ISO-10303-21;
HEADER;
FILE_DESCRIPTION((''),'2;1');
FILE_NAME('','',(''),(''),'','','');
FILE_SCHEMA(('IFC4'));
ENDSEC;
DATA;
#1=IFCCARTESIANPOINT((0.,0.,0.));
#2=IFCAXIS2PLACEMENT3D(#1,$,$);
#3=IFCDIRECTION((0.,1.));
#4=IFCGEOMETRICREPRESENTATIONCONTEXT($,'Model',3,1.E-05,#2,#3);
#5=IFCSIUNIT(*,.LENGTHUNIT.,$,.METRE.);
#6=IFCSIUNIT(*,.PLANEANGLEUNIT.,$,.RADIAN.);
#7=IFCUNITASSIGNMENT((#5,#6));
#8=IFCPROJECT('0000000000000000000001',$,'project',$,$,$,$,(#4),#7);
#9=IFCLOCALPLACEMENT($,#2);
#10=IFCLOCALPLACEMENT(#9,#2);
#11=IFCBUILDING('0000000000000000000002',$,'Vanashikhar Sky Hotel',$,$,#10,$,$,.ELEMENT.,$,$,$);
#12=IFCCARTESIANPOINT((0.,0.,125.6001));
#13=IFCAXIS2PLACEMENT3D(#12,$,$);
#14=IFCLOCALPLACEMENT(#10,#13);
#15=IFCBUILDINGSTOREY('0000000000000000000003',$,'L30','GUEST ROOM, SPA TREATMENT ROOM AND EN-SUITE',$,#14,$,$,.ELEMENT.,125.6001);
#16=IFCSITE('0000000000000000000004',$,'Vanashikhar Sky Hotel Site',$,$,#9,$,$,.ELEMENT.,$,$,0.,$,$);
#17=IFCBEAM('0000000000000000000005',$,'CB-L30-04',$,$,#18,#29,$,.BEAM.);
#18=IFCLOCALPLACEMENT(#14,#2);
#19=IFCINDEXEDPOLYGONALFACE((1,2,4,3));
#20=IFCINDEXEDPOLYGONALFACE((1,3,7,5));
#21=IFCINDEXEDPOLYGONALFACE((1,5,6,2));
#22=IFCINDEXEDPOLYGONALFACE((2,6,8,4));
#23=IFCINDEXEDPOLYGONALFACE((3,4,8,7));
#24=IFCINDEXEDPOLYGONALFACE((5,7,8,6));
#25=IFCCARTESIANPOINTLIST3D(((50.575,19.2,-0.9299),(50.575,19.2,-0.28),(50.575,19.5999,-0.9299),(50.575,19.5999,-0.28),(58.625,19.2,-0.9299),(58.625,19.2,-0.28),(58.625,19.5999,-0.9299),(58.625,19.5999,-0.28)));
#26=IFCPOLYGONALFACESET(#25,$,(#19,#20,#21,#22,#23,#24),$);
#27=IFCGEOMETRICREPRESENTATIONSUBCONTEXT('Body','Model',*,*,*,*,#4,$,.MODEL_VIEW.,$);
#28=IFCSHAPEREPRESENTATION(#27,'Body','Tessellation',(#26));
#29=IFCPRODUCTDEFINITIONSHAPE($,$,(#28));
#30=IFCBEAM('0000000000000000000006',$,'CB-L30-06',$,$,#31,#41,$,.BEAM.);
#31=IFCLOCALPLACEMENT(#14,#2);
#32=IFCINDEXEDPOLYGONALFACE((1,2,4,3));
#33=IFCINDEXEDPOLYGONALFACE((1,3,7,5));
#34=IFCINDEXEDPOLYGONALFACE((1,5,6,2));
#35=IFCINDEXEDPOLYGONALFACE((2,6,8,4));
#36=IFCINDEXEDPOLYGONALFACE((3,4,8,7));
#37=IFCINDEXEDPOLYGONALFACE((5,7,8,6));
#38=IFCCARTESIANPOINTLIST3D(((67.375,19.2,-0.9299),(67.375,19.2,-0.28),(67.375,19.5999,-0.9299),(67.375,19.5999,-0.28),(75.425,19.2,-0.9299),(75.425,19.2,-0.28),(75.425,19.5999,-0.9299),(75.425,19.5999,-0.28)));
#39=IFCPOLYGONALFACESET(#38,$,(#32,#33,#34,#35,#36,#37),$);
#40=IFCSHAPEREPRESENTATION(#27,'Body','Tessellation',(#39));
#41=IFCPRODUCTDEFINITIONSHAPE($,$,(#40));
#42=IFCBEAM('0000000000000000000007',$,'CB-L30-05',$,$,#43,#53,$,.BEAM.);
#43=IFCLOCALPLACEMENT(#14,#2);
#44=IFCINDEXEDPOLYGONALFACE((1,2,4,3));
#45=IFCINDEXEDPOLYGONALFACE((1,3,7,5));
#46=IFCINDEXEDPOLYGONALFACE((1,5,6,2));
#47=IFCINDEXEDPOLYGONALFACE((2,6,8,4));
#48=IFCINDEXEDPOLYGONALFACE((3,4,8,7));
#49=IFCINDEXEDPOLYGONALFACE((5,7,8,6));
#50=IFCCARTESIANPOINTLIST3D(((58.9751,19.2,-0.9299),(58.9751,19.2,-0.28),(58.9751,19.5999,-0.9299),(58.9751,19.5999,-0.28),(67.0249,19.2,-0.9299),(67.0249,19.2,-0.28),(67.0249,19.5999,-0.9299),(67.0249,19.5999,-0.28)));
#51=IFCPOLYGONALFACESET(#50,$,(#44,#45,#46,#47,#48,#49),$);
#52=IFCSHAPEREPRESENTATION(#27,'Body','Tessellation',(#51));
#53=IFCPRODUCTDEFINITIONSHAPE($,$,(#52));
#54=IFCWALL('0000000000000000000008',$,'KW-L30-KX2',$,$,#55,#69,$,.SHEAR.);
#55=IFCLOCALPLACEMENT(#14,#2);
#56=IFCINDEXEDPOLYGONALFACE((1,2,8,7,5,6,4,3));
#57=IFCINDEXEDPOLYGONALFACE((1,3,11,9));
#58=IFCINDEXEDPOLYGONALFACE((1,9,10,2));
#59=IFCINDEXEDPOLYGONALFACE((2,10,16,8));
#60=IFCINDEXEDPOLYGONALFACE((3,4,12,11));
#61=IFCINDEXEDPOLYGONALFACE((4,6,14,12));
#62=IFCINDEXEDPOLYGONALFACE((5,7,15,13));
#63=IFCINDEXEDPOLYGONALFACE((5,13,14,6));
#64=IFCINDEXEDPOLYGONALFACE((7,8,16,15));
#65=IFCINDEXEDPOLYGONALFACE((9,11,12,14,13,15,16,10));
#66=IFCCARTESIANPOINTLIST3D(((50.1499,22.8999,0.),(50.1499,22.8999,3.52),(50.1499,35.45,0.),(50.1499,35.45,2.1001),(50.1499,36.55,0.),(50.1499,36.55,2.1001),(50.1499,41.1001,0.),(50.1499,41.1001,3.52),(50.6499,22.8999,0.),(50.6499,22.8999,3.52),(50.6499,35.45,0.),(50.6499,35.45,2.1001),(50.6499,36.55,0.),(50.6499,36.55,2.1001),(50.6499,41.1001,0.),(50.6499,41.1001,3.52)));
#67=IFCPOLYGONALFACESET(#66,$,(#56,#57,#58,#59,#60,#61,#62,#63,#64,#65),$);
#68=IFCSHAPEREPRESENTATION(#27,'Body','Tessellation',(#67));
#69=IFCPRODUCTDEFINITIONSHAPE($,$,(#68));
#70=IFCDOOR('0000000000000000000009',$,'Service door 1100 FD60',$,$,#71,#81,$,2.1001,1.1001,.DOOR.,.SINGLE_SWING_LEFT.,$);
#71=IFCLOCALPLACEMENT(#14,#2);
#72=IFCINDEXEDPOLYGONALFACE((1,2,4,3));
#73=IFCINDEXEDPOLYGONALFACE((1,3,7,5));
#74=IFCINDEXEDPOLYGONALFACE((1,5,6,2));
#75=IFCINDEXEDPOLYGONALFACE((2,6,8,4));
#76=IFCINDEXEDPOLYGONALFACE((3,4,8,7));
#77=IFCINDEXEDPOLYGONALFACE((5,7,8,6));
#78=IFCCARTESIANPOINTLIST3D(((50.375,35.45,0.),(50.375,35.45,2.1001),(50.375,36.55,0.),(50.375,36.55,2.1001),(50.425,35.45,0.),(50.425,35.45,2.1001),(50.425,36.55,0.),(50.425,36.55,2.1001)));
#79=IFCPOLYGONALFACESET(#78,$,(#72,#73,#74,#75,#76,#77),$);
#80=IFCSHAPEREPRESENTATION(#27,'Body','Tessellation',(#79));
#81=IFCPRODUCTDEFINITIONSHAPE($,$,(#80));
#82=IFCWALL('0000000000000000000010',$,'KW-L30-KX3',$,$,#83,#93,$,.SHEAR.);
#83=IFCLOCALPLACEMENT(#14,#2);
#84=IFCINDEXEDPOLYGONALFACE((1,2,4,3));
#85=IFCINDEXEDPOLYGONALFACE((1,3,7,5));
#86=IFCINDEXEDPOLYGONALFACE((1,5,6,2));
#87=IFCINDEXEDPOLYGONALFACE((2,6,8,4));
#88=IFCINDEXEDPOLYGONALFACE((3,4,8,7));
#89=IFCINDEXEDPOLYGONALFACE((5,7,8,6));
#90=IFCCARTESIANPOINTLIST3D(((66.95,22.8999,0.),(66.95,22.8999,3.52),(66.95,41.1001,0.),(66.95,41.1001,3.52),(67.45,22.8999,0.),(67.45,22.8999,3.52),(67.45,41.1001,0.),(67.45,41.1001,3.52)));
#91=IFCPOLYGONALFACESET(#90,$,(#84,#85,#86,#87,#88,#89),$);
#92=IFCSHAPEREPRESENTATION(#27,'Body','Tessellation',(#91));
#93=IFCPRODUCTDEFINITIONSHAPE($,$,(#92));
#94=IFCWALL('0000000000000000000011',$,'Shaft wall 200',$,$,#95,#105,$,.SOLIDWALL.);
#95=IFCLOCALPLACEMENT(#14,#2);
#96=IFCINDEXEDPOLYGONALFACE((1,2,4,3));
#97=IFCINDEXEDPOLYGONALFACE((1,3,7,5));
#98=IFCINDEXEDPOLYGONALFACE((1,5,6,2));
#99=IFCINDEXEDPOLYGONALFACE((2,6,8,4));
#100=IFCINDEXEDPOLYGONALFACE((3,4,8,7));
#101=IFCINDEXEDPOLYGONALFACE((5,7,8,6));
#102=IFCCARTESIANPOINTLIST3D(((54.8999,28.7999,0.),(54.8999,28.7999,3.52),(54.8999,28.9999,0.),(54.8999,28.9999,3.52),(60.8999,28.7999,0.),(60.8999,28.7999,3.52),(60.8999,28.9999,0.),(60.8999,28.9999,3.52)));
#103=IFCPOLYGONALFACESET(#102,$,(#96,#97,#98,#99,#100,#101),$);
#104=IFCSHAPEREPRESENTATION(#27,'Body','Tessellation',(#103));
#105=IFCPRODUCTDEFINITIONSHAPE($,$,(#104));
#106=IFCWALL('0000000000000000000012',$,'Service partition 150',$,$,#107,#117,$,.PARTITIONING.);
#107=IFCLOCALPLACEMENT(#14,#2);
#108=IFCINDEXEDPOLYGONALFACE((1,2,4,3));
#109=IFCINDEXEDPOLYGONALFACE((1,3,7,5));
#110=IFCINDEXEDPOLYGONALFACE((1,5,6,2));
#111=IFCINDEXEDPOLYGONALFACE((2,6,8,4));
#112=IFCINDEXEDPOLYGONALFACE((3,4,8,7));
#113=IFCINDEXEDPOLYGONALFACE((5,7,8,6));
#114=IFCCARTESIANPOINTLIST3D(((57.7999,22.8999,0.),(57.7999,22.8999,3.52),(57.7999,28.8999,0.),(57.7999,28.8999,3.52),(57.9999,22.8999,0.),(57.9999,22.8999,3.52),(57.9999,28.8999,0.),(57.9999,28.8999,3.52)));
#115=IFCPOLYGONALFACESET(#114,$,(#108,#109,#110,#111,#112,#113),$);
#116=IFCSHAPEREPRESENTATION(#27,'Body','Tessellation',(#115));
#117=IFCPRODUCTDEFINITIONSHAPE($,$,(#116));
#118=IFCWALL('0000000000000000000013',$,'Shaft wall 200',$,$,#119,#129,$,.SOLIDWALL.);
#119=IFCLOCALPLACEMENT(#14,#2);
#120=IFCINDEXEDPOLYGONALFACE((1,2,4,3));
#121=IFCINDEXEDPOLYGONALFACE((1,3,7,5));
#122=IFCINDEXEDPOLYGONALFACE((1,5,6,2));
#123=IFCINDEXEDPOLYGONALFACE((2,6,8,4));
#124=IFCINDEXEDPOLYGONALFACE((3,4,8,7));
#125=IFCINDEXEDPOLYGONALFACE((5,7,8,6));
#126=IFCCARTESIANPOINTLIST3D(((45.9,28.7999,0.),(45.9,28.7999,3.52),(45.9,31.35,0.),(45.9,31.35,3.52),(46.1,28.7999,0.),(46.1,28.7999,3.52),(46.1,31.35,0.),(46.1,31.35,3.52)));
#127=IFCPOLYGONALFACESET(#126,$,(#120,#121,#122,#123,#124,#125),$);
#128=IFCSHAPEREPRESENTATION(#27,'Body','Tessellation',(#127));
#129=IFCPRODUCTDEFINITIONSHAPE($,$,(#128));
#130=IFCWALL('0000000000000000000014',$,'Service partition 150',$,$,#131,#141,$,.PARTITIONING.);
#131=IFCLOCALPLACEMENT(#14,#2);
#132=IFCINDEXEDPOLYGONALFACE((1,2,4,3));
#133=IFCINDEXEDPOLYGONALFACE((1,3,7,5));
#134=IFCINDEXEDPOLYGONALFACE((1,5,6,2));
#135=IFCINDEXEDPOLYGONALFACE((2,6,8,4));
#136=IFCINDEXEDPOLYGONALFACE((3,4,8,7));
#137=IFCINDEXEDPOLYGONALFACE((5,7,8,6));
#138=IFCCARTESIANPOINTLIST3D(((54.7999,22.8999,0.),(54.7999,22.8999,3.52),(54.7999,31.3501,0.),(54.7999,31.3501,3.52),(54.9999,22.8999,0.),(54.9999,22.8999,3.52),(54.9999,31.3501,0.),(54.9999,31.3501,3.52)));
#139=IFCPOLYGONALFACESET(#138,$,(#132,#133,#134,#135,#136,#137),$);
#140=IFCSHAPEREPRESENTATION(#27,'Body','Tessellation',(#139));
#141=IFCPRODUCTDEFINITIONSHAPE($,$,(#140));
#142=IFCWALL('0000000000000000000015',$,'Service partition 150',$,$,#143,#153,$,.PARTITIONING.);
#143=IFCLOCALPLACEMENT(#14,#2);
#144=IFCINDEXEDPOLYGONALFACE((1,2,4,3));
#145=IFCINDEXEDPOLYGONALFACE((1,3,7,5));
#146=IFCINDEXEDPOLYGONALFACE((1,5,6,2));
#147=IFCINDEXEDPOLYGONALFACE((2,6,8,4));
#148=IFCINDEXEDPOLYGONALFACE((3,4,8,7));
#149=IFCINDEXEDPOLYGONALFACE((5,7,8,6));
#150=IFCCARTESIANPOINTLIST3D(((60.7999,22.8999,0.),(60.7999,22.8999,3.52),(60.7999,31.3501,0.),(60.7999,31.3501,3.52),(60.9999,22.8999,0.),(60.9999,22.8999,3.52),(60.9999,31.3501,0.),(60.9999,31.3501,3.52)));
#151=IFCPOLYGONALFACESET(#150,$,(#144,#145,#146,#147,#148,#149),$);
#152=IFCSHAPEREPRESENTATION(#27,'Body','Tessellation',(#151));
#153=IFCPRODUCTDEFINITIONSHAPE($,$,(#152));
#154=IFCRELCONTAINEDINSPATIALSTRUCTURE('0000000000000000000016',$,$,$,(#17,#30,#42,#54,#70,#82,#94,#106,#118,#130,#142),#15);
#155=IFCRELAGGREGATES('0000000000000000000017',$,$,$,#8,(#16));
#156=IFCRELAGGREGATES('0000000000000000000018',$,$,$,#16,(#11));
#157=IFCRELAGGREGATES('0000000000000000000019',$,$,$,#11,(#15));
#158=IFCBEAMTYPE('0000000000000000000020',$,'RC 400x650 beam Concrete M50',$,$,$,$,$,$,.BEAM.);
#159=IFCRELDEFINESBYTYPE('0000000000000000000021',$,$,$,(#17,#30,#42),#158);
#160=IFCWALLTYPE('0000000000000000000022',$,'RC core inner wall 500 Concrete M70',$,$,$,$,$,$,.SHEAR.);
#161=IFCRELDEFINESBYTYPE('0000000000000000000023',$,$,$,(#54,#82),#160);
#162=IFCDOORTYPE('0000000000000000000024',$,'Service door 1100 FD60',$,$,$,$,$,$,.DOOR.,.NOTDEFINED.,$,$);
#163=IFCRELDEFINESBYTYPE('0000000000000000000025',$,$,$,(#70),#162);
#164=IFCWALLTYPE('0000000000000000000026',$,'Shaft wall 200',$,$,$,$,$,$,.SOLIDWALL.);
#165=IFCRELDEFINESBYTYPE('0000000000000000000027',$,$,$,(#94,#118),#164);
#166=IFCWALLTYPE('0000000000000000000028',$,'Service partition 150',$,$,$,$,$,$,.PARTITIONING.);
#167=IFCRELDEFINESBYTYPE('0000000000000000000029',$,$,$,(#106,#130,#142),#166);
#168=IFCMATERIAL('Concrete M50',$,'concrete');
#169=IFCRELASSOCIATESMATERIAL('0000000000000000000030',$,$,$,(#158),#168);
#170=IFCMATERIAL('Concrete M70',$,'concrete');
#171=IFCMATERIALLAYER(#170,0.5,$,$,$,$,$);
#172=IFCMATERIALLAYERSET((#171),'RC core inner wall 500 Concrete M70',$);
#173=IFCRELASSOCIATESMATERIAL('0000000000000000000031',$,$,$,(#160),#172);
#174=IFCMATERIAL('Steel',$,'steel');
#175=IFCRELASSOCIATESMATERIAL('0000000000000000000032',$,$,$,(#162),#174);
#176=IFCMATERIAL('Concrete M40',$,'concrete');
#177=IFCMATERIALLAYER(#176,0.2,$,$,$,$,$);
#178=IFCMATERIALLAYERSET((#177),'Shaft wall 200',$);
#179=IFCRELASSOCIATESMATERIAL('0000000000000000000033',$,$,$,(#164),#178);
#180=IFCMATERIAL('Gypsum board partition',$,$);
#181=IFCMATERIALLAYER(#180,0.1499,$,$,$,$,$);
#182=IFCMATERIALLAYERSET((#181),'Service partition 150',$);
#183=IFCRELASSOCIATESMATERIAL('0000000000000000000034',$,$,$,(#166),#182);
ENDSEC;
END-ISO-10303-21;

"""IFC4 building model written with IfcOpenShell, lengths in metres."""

from ifc_helpers import new_model, si_unit, direction, frame, frame_2d, origin, origin_2d, place, context, subcontext, project, spatial, rectangle, extrude, source, transform, mapped, material, layer, layer_set, material_profile, profile_set, type_object, element, fill, save


model = new_model("IFC4")

# Units and contexts
model_context = context("Model", 3, precision=1e-05, world=origin(), true_north=direction((0.0, 1.0)))
body_context = subcontext(model_context, "Body", "Model", "MODEL_VIEW")
ifc_project = project(units=[si_unit("LENGTHUNIT", "METRE"), si_unit("PLANEANGLEUNIT", "RADIAN")], contexts=[model_context])

# Site, building, storey
site_placement = place(None, origin())
site = spatial("IfcSite", under=ifc_project, at=site_placement, Name="Vanashikhar Sky Hotel Site", CompositionType="ELEMENT", RefElevation=0.0)
building_placement = place(site_placement, origin())
building = spatial("IfcBuilding", under=site, at=building_placement, Name="Vanashikhar Sky Hotel", CompositionType="ELEMENT")
storey_placement = place(building_placement, frame((0.0, 0.0, 125.6001)))
storey = spatial("IfcBuildingStorey", under=building, at=storey_placement, Name="L30", Description="GUEST ROOM, SPA TREATMENT ROOM AND EN-SUITE", CompositionType="ELEMENT", Elevation=125.6001)

# Beams
ifc_material_1 = material(Name="Concrete M50", Category="concrete")
ifc_material_profile = material_profile(ifc_material_1, rectangle(XDim=0.3999, YDim=0.6499, at=origin_2d()))
ifc_profile_set = profile_set([ifc_material_profile], Name="RC 400x650 beam Concrete M50")
beam_type = type_object("IfcBeamType", Name="RC 400x650 beam Concrete M50", PredefinedType="BEAM", material=ifc_profile_set)
shared_shape_1 = source(origin(), body_context, "Body", "SweptSolid", [
    extrude(rectangle(XDim=0.3999, YDim=0.6499, at=origin_2d()), origin(), (0.0, 0.0, 1.0), 8.05),
])
for number, where, z_axis, x_axis, name in (
    (1, (50.575, 19.3999, -0.605), (1.0, 0.0, 0.0), (0.0, 1.0, 0.0), "CB-L30-04"),
    (2, (67.375, 19.3999, -0.605), (1.0, 0.0, 0.0), (0.0, 1.0, 0.0), "CB-L30-06"),
):
    element("IfcBeam", number, at=place(storey_placement, frame(where, z_axis=z_axis, x_axis=x_axis)), inside=storey, type_object=beam_type, Name=name, PredefinedType="BEAM", context=body_context, shape_type="MappedRepresentation", body=[
        mapped(shared_shape_1, transform((0.0, 0.0, 0.0), scale=1.0)),
    ])
shared_shape_2 = source(origin(), body_context, "Body", "SweptSolid", [
    extrude(rectangle(XDim=0.3999, YDim=0.6499, at=origin_2d()), origin(), (0.0, 0.0, 1.0), 8.0498),
])
beam_placement = place(storey_placement, frame((58.9751, 19.3999, -0.605), z_axis=(1.0, 0.0, 0.0), x_axis=(0.0, 1.0, 0.0)))
element("IfcBeam", 3, at=beam_placement, inside=storey, type_object=beam_type, Name="CB-L30-05", PredefinedType="BEAM", context=body_context, shape_type="MappedRepresentation", body=[
    mapped(shared_shape_2, transform((0.0, 0.0, 0.0), scale=1.0)),
])

# Wall, opening, door
ifc_material_2 = material(Name="Concrete M70", Category="concrete")
ifc_layer_1 = layer(ifc_material_2, 0.5)
ifc_layer_set_1 = layer_set([ifc_layer_1], Name="RC core inner wall 500 Concrete M70")
wall_type_1 = type_object("IfcWallType", Name="RC core inner wall 500 Concrete M70", PredefinedType="SHEAR", material=ifc_layer_set_1)
shared_shape_3 = source(origin(), body_context, "Body", "SweptSolid", [
    extrude(rectangle(XDim=18.2002, YDim=0.5, at=frame_2d((9.1001, 0.0))), origin(), (0.0, 0.0, 1.0), 3.52),
])
wall_1_placement = place(storey_placement, frame((50.3999, 22.8999, 0.0), z_axis=(0.0, 0.0, 1.0), x_axis=(0.0, 1.0, 0.0)))
wall_1 = element("IfcWall", 4, at=wall_1_placement, inside=storey, type_object=wall_type_1, Name="KW-L30-KX2", PredefinedType="SHEAR", context=body_context, shape_type="MappedRepresentation", body=[
    mapped(shared_shape_3, transform((0.0, 0.0, 0.0), scale=1.0)),
])
shared_shape_4 = source(origin(), body_context, "Body", "SweptSolid", [
    extrude(rectangle(XDim=1.1001, YDim=2.1001, at=frame_2d((0.55, 1.05))), frame((0.0, 0.26, 0.0), z_axis=(0.0, -1.0, 0.0), x_axis=(1.0, 0.0, 0.0)), (0.0, 0.0, 1.0), 0.52),
])
opening_1_placement = place(wall_1_placement, frame((12.55, 0.0, 0.0)))
opening_1 = element("IfcOpeningElement", 5, at=opening_1_placement, cuts=wall_1, PredefinedType="OPENING", context=body_context, shape_type="MappedRepresentation", body=[
    mapped(shared_shape_4, transform((0.0, 0.0, 0.0), scale=1.0)),
])
ifc_material_3 = material(Name="Steel", Category="steel")
door_type_1 = type_object("IfcDoorType", Name="Service door 1100 FD60", OperationType="NOTDEFINED", PredefinedType="DOOR", material=ifc_material_3)
shared_shape_5 = source(origin(), body_context, "Body", "SweptSolid", [
    extrude(rectangle(XDim=1.1001, YDim=2.1001, at=frame_2d((0.55, 1.05))), frame((0.0, 0.0249, 0.0), z_axis=(0.0, -1.0, 0.0), x_axis=(1.0, 0.0, 0.0)), (0.0, 0.0, 1.0), 0.05),
])
door_1_placement = place(opening_1_placement, origin())
door_1 = element("IfcDoor", 6, at=door_1_placement, inside=storey, type_object=door_type_1, Name="Service door 1100 FD60", OperationType="SINGLE_SWING_LEFT", OverallHeight=2.1001, OverallWidth=1.1001, PredefinedType="DOOR", context=body_context, shape_type="MappedRepresentation", body=[
    mapped(shared_shape_5, transform((0.0, 0.0, 0.0), scale=1.0)),
])
fill(opening_1, door_1)

# Walls
wall_2_placement = place(storey_placement, frame((67.2, 22.8999, 0.0), z_axis=(0.0, 0.0, 1.0), x_axis=(0.0, 1.0, 0.0)))
element("IfcWall", 7, at=wall_2_placement, inside=storey, type_object=wall_type_1, Name="KW-L30-KX3", PredefinedType="SHEAR", context=body_context, shape_type="MappedRepresentation", body=[
    mapped(shared_shape_3, transform((0.0, 0.0, 0.0), scale=1.0)),
])
ifc_material_4 = material(Name="Concrete M40", Category="concrete")
ifc_layer_2 = layer(ifc_material_4, 0.2)
ifc_layer_set_2 = layer_set([ifc_layer_2], Name="Shaft wall 200")
wall_type_2 = type_object("IfcWallType", Name="Shaft wall 200", PredefinedType="SOLIDWALL", material=ifc_layer_set_2)
shared_shape_6 = source(origin(), body_context, "Body", "SweptSolid", [
    extrude(rectangle(XDim=6.0, YDim=0.2, at=frame_2d((3.0, 0.0))), origin(), (0.0, 0.0, 1.0), 3.52),
])
wall_3_placement = place(storey_placement, frame((60.8999, 28.8999, 0.0), z_axis=(0.0, 0.0, 1.0), x_axis=(-1.0, 0.0, 0.0)))
element("IfcWall", 8, at=wall_3_placement, inside=storey, type_object=wall_type_2, Name="Shaft wall 200", PredefinedType="SOLIDWALL", context=body_context, shape_type="MappedRepresentation", body=[
    mapped(shared_shape_6, transform((0.0, 0.0, 0.0), scale=1.0)),
])
ifc_material_5 = material(Name="Gypsum board partition")
ifc_layer_3 = layer(ifc_material_5, 0.1499)
ifc_layer_set_3 = layer_set([ifc_layer_3], Name="Service partition 150")
wall_type_3 = type_object("IfcWallType", Name="Service partition 150", PredefinedType="PARTITIONING", material=ifc_layer_set_3)
wall_4_placement = place(storey_placement, frame((57.8999, 22.8999, 0.0), z_axis=(0.0, 0.0, 1.0), x_axis=(0.0, 1.0, 0.0)))
element("IfcWall", 9, at=wall_4_placement, inside=storey, type_object=wall_type_3, Name="Service partition 150", PredefinedType="PARTITIONING", context=body_context, shape_type="MappedRepresentation", body=[
    mapped(shared_shape_6, transform((0.0, 0.0, 0.0), scale=1.0)),
])
shared_shape_7 = source(origin(), body_context, "Body", "SweptSolid", [
    extrude(rectangle(XDim=2.55, YDim=0.2, at=frame_2d((1.2749, 0.0))), origin(), (0.0, 0.0, 1.0), 3.52),
])
wall_5_placement = place(storey_placement, frame((46.0, 28.8, 0.0), z_axis=(0.0, 0.0, 1.0), x_axis=(0.0, 1.0, 0.0)))
element("IfcWall", 10, at=wall_5_placement, inside=storey, type_object=wall_type_2, Name="Shaft wall 200", PredefinedType="SOLIDWALL", context=body_context, shape_type="MappedRepresentation", body=[
    mapped(shared_shape_7, transform((0.0, 0.0, 0.0), scale=1.0)),
])
shared_shape_8 = source(origin(), body_context, "Body", "SweptSolid", [
    extrude(rectangle(XDim=8.4502, YDim=0.2, at=frame_2d((4.2251, 0.0))), origin(), (0.0, 0.0, 1.0), 3.52),
])
for number, where, z_axis, x_axis, name in (
    (11, (54.8999, 22.8999, 0.0), (0.0, 0.0, 1.0), (0.0, 1.0, 0.0), "Service partition 150"),
    (12, (60.8999, 22.8999, 0.0), (0.0, 0.0, 1.0), (0.0, 1.0, 0.0), "Service partition 150"),
):
    element("IfcWall", number, at=place(storey_placement, frame(where, z_axis=z_axis, x_axis=x_axis)), inside=storey, type_object=wall_type_3, Name=name, PredefinedType="PARTITIONING", context=body_context, shape_type="MappedRepresentation", body=[
        mapped(shared_shape_8, transform((0.0, 0.0, 0.0), scale=1.0)),
    ])

save(model, "model.ifc")
